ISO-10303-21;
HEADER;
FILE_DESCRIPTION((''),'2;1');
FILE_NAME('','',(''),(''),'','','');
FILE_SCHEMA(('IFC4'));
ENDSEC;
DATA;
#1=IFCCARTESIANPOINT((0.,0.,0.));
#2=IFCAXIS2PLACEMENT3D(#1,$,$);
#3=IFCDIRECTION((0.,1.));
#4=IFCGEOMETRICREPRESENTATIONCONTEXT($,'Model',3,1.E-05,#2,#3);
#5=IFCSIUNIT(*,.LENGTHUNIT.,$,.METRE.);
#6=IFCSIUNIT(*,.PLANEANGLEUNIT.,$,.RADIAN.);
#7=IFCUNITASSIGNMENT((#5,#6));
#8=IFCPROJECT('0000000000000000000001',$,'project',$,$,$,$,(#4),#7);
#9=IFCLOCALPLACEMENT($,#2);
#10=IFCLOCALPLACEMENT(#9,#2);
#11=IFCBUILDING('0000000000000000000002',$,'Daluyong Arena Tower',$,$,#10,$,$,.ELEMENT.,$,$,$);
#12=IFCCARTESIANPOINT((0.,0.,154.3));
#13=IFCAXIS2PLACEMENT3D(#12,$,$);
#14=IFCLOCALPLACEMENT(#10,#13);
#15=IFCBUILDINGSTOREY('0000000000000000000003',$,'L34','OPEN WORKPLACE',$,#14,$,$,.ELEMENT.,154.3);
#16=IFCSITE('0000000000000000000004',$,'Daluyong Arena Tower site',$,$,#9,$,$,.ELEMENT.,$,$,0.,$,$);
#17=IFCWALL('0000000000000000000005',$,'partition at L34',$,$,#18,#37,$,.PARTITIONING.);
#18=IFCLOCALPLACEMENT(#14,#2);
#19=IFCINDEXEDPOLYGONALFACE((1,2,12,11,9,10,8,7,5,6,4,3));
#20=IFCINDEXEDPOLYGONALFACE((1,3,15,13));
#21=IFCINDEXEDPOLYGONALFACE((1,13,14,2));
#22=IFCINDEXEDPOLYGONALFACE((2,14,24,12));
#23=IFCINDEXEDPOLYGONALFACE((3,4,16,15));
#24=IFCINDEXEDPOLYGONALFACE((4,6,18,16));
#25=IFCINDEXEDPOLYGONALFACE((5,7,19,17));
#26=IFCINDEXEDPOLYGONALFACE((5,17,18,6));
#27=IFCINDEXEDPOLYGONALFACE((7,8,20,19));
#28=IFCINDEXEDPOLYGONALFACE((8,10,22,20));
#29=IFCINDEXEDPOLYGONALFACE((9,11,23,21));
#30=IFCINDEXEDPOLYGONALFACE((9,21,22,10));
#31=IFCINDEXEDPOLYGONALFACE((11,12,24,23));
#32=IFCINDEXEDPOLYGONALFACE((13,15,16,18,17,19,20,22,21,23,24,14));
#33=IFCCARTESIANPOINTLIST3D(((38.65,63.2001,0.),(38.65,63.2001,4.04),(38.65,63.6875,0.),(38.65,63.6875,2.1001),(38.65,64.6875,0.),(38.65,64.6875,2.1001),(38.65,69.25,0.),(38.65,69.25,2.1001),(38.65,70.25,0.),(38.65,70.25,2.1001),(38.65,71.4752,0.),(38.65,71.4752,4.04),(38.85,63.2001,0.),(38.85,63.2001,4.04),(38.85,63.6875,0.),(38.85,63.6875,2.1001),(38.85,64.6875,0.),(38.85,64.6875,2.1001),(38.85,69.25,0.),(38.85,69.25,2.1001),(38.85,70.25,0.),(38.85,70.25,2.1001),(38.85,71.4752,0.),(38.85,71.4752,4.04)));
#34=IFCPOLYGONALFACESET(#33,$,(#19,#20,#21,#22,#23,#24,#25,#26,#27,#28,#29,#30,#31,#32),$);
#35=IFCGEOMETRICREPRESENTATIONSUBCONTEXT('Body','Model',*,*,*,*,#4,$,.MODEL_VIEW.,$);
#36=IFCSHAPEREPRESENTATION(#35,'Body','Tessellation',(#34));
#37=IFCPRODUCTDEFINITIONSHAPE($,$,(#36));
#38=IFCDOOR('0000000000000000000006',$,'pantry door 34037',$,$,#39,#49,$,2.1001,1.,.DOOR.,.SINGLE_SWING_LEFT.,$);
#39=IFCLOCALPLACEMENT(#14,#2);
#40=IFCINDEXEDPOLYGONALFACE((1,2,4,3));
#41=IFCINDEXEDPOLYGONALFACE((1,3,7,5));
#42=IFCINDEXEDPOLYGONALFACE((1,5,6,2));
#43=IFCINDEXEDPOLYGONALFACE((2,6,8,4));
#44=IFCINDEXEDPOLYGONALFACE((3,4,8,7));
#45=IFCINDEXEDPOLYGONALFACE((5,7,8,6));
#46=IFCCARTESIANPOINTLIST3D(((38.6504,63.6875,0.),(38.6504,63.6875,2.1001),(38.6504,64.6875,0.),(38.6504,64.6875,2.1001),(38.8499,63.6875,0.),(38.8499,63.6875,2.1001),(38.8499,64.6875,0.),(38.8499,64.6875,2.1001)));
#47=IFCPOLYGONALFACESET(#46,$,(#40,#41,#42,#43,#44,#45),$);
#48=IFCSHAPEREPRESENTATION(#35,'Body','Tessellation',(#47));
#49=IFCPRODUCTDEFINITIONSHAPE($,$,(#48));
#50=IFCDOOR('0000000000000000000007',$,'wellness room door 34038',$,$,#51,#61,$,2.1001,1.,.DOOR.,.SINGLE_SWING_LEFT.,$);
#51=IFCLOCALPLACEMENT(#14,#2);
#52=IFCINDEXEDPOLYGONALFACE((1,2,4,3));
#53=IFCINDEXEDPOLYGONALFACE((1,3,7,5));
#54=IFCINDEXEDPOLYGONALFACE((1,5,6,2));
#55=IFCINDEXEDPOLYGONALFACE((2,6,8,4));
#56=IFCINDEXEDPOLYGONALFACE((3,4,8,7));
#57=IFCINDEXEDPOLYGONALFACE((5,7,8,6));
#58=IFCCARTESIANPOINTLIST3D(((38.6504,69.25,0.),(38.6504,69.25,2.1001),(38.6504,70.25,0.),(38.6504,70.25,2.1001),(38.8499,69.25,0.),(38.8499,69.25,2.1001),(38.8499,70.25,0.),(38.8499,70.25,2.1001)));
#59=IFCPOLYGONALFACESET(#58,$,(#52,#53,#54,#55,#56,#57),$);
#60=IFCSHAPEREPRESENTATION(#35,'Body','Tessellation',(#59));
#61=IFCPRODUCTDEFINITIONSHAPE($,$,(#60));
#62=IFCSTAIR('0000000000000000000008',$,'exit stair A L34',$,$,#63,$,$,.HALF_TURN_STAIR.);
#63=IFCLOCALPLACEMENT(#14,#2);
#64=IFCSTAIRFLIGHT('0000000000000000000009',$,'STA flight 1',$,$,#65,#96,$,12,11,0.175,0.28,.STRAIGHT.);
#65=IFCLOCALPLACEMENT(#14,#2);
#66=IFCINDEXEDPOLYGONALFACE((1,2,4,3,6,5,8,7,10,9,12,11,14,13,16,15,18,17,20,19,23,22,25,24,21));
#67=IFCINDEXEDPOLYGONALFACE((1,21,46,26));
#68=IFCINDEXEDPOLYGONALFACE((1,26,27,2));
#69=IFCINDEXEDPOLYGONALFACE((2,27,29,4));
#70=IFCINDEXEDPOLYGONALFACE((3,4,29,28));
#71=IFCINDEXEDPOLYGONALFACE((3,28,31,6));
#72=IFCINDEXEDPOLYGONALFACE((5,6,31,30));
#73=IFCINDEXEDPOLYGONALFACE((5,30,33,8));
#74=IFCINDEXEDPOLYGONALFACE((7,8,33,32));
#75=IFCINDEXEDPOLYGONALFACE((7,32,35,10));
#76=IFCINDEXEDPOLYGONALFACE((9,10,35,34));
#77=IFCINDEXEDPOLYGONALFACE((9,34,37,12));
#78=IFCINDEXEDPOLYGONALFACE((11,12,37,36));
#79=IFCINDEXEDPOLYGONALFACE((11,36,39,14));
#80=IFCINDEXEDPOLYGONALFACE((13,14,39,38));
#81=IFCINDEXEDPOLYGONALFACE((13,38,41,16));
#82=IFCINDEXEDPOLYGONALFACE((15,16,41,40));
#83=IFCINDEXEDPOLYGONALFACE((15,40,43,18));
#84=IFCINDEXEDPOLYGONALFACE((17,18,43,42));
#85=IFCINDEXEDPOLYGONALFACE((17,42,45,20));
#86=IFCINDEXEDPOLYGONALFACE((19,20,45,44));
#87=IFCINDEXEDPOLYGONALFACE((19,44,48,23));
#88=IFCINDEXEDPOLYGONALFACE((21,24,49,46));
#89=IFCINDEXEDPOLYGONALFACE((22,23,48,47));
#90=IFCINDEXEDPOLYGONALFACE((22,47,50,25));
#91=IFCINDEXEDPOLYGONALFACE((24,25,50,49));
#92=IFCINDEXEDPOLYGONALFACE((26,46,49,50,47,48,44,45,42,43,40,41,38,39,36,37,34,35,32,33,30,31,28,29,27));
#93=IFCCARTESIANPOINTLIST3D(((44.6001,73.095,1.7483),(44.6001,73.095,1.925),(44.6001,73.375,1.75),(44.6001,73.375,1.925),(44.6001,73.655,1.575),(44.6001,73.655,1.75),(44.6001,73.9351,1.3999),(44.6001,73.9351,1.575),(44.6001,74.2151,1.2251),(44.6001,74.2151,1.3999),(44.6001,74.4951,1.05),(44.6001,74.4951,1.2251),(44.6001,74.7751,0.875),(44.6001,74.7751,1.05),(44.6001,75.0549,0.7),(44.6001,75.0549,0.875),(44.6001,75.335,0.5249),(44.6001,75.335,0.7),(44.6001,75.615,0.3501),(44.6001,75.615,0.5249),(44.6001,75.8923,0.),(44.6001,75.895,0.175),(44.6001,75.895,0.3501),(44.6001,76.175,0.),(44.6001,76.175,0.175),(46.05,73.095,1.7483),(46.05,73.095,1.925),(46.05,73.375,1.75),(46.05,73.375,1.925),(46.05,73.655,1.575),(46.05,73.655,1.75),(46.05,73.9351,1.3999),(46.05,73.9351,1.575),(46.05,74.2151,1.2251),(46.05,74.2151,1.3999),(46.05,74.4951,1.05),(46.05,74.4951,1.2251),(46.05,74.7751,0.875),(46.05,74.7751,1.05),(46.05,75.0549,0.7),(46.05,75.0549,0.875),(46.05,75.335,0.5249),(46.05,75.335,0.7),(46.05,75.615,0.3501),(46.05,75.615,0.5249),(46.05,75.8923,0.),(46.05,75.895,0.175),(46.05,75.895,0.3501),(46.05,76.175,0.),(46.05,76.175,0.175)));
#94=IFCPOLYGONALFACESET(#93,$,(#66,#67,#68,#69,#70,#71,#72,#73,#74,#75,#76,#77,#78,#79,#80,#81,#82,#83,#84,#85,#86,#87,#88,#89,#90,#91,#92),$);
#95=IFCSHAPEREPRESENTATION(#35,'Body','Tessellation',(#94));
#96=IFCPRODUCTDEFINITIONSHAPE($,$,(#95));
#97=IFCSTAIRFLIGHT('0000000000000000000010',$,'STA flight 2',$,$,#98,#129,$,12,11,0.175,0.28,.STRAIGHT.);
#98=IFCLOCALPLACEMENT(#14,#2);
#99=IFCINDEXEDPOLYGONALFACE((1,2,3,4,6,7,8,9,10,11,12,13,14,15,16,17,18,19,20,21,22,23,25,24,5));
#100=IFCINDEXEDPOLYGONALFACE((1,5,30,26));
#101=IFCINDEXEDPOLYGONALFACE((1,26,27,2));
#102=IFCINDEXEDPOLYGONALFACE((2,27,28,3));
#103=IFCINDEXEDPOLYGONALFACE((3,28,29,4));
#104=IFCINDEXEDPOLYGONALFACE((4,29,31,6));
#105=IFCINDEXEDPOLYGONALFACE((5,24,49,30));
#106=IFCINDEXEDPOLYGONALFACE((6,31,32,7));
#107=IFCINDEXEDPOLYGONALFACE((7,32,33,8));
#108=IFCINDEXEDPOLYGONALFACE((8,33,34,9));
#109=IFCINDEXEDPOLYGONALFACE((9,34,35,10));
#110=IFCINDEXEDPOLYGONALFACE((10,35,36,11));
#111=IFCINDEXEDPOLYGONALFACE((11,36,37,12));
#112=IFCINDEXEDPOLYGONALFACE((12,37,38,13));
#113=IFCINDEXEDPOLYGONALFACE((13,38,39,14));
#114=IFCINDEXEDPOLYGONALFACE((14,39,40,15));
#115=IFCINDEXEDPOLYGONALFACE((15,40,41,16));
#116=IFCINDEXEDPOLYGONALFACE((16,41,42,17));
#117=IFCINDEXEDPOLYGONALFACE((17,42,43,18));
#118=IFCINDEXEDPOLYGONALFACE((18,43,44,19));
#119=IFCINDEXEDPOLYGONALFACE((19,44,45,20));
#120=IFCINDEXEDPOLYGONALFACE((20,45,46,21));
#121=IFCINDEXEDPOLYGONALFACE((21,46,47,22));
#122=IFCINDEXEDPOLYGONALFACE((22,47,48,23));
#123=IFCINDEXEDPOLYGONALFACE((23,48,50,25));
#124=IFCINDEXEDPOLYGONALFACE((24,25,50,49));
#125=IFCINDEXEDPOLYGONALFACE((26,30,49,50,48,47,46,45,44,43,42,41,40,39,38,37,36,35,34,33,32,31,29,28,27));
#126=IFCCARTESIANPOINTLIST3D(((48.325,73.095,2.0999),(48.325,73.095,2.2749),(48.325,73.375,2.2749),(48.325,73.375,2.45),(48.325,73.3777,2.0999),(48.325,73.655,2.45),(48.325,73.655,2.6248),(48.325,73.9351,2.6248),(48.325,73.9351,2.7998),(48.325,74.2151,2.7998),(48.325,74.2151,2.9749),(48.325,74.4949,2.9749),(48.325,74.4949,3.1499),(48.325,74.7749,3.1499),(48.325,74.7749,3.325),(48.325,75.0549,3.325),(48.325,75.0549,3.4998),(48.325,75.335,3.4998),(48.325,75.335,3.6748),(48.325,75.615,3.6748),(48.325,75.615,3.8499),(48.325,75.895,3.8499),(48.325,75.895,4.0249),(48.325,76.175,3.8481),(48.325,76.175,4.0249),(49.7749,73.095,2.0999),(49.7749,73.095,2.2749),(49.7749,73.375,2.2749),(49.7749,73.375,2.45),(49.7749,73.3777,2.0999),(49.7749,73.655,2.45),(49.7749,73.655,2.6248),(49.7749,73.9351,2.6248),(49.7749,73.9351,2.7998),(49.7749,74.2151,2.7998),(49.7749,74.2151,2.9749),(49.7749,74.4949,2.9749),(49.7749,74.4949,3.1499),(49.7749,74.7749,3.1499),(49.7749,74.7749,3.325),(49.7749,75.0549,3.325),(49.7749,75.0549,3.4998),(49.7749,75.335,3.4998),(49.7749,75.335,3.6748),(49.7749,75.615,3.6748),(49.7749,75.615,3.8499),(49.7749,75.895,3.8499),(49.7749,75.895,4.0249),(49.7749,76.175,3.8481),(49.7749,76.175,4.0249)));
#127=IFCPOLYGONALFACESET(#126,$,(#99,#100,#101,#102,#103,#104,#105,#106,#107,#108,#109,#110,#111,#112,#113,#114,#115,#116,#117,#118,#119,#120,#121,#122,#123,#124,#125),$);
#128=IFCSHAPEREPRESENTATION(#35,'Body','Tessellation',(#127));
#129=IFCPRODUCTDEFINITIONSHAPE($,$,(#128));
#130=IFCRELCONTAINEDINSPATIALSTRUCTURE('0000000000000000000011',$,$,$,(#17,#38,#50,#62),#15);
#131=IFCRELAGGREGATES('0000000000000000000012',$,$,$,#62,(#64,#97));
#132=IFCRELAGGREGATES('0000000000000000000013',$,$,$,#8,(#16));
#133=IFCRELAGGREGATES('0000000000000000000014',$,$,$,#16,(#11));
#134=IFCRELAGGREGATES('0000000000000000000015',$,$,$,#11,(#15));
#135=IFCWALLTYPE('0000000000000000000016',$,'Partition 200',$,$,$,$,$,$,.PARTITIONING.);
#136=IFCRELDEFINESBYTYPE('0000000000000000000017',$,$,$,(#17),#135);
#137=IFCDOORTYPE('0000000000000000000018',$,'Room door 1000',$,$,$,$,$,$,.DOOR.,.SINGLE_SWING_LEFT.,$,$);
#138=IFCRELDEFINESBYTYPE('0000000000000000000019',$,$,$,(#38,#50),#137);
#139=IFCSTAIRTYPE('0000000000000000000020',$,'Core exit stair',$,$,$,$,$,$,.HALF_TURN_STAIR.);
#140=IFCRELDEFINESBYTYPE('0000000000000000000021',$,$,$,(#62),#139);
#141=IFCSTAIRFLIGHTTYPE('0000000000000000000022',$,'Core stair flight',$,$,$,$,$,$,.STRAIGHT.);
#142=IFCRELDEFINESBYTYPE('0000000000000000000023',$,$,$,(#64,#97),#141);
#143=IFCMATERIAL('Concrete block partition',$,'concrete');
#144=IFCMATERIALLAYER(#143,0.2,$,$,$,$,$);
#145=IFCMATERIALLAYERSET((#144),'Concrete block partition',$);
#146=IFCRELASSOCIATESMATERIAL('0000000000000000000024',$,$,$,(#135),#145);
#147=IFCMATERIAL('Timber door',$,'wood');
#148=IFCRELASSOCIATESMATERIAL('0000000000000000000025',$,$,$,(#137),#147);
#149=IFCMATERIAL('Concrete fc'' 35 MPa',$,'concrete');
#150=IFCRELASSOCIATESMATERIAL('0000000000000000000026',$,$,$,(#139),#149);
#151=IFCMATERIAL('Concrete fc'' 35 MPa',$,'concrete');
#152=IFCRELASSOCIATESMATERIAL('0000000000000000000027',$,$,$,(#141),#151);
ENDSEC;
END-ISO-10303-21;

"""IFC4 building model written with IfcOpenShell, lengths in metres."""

from ifc_helpers import new_model, si_unit, direction, frame, frame_2d, origin, place, context, subcontext, project, spatial, polyline, rectangle, outline, extrude, material, layer, layer_set, type_object, element, fill, aggregate, save


model = new_model("IFC4")

# Units and contexts
model_context = context("Model", 3, precision=1e-05, world=origin(), true_north=direction((0.0, 1.0)))
body_context = subcontext(model_context, "Body", "Model", "MODEL_VIEW")
ifc_project = project(units=[si_unit("LENGTHUNIT", "METRE"), si_unit("PLANEANGLEUNIT", "RADIAN")], contexts=[model_context])

# Site, building, storey
site_placement = place(None, origin())
site = spatial("IfcSite", under=ifc_project, at=site_placement, Name="Daluyong Arena Tower site", CompositionType="ELEMENT", RefElevation=0.0)
building_placement = place(site_placement, origin())
building = spatial("IfcBuilding", under=site, at=building_placement, Name="Daluyong Arena Tower", CompositionType="ELEMENT")
storey_placement = place(building_placement, frame((0.0, 0.0, 154.3)))
storey = spatial("IfcBuildingStorey", under=building, at=storey_placement, Name="L34", Description="OPEN WORKPLACE", CompositionType="ELEMENT", Elevation=154.3)

# Shared definitions
ifc_material_1 = material(Name="Concrete block partition", Category="concrete")
ifc_layer_1 = layer(ifc_material_1, 0.2)
ifc_layer_set_1 = layer_set([ifc_layer_1], Name="Concrete block partition")
wall_type_1 = type_object("IfcWallType", Name="Partition 200", PredefinedType="PARTITIONING", material=ifc_layer_set_1)

# Wall, openings, doors
wall_1_placement = place(storey_placement, frame((38.75, 63.2, 0.0), z_axis=(0.0, 0.0, 1.0), x_axis=(0.0, 1.0, 0.0)))
wall_1 = element("IfcWall", 1, at=wall_1_placement, inside=storey, type_object=wall_type_1, Name="partition at L34", PredefinedType="PARTITIONING", context=body_context, shape_type="SweptSolid", body=[
    extrude(rectangle(XDim=8.2751, YDim=0.2, at=frame_2d((4.1377, 0.0))), origin(), (0.0, 0.0, 1.0), 4.04),
])
opening_1_placement = place(wall_1_placement, frame((0.4875, 0.0, 0.0)))
opening_1 = element("IfcOpeningElement", 2, at=opening_1_placement, cuts=wall_1, PredefinedType="OPENING", context=body_context, shape_type="SweptSolid", body=[
    extrude(rectangle(XDim=1.0, YDim=2.1001, at=frame_2d((0.5, 1.05))), frame((0.0, 0.1099, 0.0), z_axis=(0.0, -1.0, 0.0), x_axis=(1.0, 0.0, 0.0)), (0.0, 0.0, 1.0), 0.22),
])
opening_2_placement = place(wall_1_placement, frame((6.05, 0.0, 0.0)))
opening_2 = element("IfcOpeningElement", 3, at=opening_2_placement, cuts=wall_1, PredefinedType="OPENING", context=body_context, shape_type="SweptSolid", body=[
    extrude(rectangle(XDim=1.0, YDim=2.1001, at=frame_2d((0.5, 1.05))), frame((0.0, 0.1099, 0.0), z_axis=(0.0, -1.0, 0.0), x_axis=(1.0, 0.0, 0.0)), (0.0, 0.0, 1.0), 0.22),
])
ifc_material_2 = material(Name="Timber door", Category="wood")
door_type_1 = type_object("IfcDoorType", Name="Room door 1000", OperationType="SINGLE_SWING_LEFT", PredefinedType="DOOR", material=ifc_material_2)
door_1_placement = place(opening_1_placement, origin())
door_1 = element("IfcDoor", 4, at=door_1_placement, inside=storey, type_object=door_type_1, Name="pantry door 34037", OperationType="SINGLE_SWING_LEFT", OverallHeight=2.1001, OverallWidth=1.0, PredefinedType="DOOR", context=body_context, shape_type="SweptSolid", body=[
    extrude(rectangle(XDim=1.0, YDim=2.1001, at=frame_2d((0.5, 1.05))), frame((0.0, 0.0996, 0.0), z_axis=(0.0, -1.0, 0.0), x_axis=(1.0, 0.0, 0.0)), (0.0, 0.0, 1.0), 0.1995),
])
fill(opening_1, door_1)
door_2_placement = place(opening_2_placement, origin())
door_2 = element("IfcDoor", 5, at=door_2_placement, inside=storey, type_object=door_type_1, Name="wellness room door 34038", OperationType="SINGLE_SWING_LEFT", OverallHeight=2.1001, OverallWidth=1.0, PredefinedType="DOOR", context=body_context, shape_type="SweptSolid", body=[
    extrude(rectangle(XDim=1.0, YDim=2.1001, at=frame_2d((0.5, 1.05))), frame((0.0, 0.0996, 0.0), z_axis=(0.0, -1.0, 0.0), x_axis=(1.0, 0.0, 0.0)), (0.0, 0.0, 1.0), 0.1995),
])
fill(opening_2, door_2)

# Stair, stair flights
ifc_material_3 = material(Name="Concrete fc' 35 MPa", Category="concrete")
stair_type = type_object("IfcStairType", Name="Core exit stair", PredefinedType="HALF_TURN_STAIR", material=ifc_material_3)
stair_placement = place(storey_placement, origin())
stair = element("IfcStair", 6, at=stair_placement, inside=storey, type_object=stair_type, Name="exit stair A L34", PredefinedType="HALF_TURN_STAIR")
ifc_material_4 = material(Name="Concrete fc' 35 MPa", Category="concrete")
stair_flight_type = type_object("IfcStairFlightType", Name="Core stair flight", PredefinedType="STRAIGHT", material=ifc_material_4)
stair_flight_1_placement = place(storey_placement, frame((45.325, 76.175, 0.0), z_axis=(0.0, 0.0, 1.0), x_axis=(0.0, -1.0, 0.0)))
stair_flight_1 = element("IfcStairFlight", 7, at=stair_flight_1_placement, type_object=stair_flight_type, Name="STA flight 1", NumberOfRisers=12, NumberOfTreads=11, PredefinedType="STRAIGHT", RiserHeight=0.175, TreadLength=0.28, context=body_context, shape_type="SweptSolid", body=[
    extrude(outline(polyline([(0.0, 0.0), (0.0, 0.175), (0.28, 0.175), (0.28, 0.3501), (0.5601, 0.3501), (0.5601, 0.5249), (0.8401, 0.5249), (0.8401, 0.7), (1.1201, 0.7), (1.1201, 0.875), (1.3999, 0.875), (1.3999, 1.05), (1.6799, 1.05), (1.6799, 1.2251), (1.96, 1.2251), (1.96, 1.3999), (2.24, 1.3999), (2.24, 1.575), (2.52, 1.575), (2.52, 1.75), (2.8, 1.75), (2.8, 1.925), (3.0801, 1.925), (3.0801, 2.1001), (3.0801, 1.7483), (0.2827, 0.0), (0.0, 0.0)])), frame((0.0, 0.7251, 0.0), z_axis=(0.0, -1.0, 0.0), x_axis=(1.0, 0.0, 0.0)), (0.0, 0.0, 1.0), 1.45),
])
stair_flight_2_placement = place(storey_placement, frame((49.05, 73.095, 2.0999), z_axis=(0.0, 0.0, 1.0), x_axis=(0.0, 1.0, 0.0)))
stair_flight_2 = element("IfcStairFlight", 8, at=stair_flight_2_placement, type_object=stair_flight_type, Name="STA flight 2", NumberOfRisers=12, NumberOfTreads=11, PredefinedType="STRAIGHT", RiserHeight=0.175, TreadLength=0.28, context=body_context, shape_type="SweptSolid", body=[
    extrude(outline(polyline([(0.0, 0.0), (0.0, 0.175), (0.28, 0.175), (0.28, 0.3501), (0.5601, 0.3501), (0.5601, 0.5249), (0.8401, 0.5249), (0.8401, 0.7), (1.1201, 0.7), (1.1201, 0.875), (1.3999, 0.875), (1.3999, 1.05), (1.6799, 1.05), (1.6799, 1.2251), (1.96, 1.2251), (1.96, 1.3999), (2.24, 1.3999), (2.24, 1.575), (2.52, 1.575), (2.52, 1.75), (2.8, 1.75), (2.8, 1.925), (3.0801, 1.925), (3.0801, 2.1001), (3.0801, 1.7483), (0.2827, 0.0), (0.0, 0.0)])), frame((0.0, 0.7251, 0.0), z_axis=(0.0, -1.0, 0.0), x_axis=(1.0, 0.0, 0.0)), (0.0, 0.0, 1.0), 1.45),
])
aggregate(stair, [stair_flight_1, stair_flight_2])

save(model, "model.ifc")
